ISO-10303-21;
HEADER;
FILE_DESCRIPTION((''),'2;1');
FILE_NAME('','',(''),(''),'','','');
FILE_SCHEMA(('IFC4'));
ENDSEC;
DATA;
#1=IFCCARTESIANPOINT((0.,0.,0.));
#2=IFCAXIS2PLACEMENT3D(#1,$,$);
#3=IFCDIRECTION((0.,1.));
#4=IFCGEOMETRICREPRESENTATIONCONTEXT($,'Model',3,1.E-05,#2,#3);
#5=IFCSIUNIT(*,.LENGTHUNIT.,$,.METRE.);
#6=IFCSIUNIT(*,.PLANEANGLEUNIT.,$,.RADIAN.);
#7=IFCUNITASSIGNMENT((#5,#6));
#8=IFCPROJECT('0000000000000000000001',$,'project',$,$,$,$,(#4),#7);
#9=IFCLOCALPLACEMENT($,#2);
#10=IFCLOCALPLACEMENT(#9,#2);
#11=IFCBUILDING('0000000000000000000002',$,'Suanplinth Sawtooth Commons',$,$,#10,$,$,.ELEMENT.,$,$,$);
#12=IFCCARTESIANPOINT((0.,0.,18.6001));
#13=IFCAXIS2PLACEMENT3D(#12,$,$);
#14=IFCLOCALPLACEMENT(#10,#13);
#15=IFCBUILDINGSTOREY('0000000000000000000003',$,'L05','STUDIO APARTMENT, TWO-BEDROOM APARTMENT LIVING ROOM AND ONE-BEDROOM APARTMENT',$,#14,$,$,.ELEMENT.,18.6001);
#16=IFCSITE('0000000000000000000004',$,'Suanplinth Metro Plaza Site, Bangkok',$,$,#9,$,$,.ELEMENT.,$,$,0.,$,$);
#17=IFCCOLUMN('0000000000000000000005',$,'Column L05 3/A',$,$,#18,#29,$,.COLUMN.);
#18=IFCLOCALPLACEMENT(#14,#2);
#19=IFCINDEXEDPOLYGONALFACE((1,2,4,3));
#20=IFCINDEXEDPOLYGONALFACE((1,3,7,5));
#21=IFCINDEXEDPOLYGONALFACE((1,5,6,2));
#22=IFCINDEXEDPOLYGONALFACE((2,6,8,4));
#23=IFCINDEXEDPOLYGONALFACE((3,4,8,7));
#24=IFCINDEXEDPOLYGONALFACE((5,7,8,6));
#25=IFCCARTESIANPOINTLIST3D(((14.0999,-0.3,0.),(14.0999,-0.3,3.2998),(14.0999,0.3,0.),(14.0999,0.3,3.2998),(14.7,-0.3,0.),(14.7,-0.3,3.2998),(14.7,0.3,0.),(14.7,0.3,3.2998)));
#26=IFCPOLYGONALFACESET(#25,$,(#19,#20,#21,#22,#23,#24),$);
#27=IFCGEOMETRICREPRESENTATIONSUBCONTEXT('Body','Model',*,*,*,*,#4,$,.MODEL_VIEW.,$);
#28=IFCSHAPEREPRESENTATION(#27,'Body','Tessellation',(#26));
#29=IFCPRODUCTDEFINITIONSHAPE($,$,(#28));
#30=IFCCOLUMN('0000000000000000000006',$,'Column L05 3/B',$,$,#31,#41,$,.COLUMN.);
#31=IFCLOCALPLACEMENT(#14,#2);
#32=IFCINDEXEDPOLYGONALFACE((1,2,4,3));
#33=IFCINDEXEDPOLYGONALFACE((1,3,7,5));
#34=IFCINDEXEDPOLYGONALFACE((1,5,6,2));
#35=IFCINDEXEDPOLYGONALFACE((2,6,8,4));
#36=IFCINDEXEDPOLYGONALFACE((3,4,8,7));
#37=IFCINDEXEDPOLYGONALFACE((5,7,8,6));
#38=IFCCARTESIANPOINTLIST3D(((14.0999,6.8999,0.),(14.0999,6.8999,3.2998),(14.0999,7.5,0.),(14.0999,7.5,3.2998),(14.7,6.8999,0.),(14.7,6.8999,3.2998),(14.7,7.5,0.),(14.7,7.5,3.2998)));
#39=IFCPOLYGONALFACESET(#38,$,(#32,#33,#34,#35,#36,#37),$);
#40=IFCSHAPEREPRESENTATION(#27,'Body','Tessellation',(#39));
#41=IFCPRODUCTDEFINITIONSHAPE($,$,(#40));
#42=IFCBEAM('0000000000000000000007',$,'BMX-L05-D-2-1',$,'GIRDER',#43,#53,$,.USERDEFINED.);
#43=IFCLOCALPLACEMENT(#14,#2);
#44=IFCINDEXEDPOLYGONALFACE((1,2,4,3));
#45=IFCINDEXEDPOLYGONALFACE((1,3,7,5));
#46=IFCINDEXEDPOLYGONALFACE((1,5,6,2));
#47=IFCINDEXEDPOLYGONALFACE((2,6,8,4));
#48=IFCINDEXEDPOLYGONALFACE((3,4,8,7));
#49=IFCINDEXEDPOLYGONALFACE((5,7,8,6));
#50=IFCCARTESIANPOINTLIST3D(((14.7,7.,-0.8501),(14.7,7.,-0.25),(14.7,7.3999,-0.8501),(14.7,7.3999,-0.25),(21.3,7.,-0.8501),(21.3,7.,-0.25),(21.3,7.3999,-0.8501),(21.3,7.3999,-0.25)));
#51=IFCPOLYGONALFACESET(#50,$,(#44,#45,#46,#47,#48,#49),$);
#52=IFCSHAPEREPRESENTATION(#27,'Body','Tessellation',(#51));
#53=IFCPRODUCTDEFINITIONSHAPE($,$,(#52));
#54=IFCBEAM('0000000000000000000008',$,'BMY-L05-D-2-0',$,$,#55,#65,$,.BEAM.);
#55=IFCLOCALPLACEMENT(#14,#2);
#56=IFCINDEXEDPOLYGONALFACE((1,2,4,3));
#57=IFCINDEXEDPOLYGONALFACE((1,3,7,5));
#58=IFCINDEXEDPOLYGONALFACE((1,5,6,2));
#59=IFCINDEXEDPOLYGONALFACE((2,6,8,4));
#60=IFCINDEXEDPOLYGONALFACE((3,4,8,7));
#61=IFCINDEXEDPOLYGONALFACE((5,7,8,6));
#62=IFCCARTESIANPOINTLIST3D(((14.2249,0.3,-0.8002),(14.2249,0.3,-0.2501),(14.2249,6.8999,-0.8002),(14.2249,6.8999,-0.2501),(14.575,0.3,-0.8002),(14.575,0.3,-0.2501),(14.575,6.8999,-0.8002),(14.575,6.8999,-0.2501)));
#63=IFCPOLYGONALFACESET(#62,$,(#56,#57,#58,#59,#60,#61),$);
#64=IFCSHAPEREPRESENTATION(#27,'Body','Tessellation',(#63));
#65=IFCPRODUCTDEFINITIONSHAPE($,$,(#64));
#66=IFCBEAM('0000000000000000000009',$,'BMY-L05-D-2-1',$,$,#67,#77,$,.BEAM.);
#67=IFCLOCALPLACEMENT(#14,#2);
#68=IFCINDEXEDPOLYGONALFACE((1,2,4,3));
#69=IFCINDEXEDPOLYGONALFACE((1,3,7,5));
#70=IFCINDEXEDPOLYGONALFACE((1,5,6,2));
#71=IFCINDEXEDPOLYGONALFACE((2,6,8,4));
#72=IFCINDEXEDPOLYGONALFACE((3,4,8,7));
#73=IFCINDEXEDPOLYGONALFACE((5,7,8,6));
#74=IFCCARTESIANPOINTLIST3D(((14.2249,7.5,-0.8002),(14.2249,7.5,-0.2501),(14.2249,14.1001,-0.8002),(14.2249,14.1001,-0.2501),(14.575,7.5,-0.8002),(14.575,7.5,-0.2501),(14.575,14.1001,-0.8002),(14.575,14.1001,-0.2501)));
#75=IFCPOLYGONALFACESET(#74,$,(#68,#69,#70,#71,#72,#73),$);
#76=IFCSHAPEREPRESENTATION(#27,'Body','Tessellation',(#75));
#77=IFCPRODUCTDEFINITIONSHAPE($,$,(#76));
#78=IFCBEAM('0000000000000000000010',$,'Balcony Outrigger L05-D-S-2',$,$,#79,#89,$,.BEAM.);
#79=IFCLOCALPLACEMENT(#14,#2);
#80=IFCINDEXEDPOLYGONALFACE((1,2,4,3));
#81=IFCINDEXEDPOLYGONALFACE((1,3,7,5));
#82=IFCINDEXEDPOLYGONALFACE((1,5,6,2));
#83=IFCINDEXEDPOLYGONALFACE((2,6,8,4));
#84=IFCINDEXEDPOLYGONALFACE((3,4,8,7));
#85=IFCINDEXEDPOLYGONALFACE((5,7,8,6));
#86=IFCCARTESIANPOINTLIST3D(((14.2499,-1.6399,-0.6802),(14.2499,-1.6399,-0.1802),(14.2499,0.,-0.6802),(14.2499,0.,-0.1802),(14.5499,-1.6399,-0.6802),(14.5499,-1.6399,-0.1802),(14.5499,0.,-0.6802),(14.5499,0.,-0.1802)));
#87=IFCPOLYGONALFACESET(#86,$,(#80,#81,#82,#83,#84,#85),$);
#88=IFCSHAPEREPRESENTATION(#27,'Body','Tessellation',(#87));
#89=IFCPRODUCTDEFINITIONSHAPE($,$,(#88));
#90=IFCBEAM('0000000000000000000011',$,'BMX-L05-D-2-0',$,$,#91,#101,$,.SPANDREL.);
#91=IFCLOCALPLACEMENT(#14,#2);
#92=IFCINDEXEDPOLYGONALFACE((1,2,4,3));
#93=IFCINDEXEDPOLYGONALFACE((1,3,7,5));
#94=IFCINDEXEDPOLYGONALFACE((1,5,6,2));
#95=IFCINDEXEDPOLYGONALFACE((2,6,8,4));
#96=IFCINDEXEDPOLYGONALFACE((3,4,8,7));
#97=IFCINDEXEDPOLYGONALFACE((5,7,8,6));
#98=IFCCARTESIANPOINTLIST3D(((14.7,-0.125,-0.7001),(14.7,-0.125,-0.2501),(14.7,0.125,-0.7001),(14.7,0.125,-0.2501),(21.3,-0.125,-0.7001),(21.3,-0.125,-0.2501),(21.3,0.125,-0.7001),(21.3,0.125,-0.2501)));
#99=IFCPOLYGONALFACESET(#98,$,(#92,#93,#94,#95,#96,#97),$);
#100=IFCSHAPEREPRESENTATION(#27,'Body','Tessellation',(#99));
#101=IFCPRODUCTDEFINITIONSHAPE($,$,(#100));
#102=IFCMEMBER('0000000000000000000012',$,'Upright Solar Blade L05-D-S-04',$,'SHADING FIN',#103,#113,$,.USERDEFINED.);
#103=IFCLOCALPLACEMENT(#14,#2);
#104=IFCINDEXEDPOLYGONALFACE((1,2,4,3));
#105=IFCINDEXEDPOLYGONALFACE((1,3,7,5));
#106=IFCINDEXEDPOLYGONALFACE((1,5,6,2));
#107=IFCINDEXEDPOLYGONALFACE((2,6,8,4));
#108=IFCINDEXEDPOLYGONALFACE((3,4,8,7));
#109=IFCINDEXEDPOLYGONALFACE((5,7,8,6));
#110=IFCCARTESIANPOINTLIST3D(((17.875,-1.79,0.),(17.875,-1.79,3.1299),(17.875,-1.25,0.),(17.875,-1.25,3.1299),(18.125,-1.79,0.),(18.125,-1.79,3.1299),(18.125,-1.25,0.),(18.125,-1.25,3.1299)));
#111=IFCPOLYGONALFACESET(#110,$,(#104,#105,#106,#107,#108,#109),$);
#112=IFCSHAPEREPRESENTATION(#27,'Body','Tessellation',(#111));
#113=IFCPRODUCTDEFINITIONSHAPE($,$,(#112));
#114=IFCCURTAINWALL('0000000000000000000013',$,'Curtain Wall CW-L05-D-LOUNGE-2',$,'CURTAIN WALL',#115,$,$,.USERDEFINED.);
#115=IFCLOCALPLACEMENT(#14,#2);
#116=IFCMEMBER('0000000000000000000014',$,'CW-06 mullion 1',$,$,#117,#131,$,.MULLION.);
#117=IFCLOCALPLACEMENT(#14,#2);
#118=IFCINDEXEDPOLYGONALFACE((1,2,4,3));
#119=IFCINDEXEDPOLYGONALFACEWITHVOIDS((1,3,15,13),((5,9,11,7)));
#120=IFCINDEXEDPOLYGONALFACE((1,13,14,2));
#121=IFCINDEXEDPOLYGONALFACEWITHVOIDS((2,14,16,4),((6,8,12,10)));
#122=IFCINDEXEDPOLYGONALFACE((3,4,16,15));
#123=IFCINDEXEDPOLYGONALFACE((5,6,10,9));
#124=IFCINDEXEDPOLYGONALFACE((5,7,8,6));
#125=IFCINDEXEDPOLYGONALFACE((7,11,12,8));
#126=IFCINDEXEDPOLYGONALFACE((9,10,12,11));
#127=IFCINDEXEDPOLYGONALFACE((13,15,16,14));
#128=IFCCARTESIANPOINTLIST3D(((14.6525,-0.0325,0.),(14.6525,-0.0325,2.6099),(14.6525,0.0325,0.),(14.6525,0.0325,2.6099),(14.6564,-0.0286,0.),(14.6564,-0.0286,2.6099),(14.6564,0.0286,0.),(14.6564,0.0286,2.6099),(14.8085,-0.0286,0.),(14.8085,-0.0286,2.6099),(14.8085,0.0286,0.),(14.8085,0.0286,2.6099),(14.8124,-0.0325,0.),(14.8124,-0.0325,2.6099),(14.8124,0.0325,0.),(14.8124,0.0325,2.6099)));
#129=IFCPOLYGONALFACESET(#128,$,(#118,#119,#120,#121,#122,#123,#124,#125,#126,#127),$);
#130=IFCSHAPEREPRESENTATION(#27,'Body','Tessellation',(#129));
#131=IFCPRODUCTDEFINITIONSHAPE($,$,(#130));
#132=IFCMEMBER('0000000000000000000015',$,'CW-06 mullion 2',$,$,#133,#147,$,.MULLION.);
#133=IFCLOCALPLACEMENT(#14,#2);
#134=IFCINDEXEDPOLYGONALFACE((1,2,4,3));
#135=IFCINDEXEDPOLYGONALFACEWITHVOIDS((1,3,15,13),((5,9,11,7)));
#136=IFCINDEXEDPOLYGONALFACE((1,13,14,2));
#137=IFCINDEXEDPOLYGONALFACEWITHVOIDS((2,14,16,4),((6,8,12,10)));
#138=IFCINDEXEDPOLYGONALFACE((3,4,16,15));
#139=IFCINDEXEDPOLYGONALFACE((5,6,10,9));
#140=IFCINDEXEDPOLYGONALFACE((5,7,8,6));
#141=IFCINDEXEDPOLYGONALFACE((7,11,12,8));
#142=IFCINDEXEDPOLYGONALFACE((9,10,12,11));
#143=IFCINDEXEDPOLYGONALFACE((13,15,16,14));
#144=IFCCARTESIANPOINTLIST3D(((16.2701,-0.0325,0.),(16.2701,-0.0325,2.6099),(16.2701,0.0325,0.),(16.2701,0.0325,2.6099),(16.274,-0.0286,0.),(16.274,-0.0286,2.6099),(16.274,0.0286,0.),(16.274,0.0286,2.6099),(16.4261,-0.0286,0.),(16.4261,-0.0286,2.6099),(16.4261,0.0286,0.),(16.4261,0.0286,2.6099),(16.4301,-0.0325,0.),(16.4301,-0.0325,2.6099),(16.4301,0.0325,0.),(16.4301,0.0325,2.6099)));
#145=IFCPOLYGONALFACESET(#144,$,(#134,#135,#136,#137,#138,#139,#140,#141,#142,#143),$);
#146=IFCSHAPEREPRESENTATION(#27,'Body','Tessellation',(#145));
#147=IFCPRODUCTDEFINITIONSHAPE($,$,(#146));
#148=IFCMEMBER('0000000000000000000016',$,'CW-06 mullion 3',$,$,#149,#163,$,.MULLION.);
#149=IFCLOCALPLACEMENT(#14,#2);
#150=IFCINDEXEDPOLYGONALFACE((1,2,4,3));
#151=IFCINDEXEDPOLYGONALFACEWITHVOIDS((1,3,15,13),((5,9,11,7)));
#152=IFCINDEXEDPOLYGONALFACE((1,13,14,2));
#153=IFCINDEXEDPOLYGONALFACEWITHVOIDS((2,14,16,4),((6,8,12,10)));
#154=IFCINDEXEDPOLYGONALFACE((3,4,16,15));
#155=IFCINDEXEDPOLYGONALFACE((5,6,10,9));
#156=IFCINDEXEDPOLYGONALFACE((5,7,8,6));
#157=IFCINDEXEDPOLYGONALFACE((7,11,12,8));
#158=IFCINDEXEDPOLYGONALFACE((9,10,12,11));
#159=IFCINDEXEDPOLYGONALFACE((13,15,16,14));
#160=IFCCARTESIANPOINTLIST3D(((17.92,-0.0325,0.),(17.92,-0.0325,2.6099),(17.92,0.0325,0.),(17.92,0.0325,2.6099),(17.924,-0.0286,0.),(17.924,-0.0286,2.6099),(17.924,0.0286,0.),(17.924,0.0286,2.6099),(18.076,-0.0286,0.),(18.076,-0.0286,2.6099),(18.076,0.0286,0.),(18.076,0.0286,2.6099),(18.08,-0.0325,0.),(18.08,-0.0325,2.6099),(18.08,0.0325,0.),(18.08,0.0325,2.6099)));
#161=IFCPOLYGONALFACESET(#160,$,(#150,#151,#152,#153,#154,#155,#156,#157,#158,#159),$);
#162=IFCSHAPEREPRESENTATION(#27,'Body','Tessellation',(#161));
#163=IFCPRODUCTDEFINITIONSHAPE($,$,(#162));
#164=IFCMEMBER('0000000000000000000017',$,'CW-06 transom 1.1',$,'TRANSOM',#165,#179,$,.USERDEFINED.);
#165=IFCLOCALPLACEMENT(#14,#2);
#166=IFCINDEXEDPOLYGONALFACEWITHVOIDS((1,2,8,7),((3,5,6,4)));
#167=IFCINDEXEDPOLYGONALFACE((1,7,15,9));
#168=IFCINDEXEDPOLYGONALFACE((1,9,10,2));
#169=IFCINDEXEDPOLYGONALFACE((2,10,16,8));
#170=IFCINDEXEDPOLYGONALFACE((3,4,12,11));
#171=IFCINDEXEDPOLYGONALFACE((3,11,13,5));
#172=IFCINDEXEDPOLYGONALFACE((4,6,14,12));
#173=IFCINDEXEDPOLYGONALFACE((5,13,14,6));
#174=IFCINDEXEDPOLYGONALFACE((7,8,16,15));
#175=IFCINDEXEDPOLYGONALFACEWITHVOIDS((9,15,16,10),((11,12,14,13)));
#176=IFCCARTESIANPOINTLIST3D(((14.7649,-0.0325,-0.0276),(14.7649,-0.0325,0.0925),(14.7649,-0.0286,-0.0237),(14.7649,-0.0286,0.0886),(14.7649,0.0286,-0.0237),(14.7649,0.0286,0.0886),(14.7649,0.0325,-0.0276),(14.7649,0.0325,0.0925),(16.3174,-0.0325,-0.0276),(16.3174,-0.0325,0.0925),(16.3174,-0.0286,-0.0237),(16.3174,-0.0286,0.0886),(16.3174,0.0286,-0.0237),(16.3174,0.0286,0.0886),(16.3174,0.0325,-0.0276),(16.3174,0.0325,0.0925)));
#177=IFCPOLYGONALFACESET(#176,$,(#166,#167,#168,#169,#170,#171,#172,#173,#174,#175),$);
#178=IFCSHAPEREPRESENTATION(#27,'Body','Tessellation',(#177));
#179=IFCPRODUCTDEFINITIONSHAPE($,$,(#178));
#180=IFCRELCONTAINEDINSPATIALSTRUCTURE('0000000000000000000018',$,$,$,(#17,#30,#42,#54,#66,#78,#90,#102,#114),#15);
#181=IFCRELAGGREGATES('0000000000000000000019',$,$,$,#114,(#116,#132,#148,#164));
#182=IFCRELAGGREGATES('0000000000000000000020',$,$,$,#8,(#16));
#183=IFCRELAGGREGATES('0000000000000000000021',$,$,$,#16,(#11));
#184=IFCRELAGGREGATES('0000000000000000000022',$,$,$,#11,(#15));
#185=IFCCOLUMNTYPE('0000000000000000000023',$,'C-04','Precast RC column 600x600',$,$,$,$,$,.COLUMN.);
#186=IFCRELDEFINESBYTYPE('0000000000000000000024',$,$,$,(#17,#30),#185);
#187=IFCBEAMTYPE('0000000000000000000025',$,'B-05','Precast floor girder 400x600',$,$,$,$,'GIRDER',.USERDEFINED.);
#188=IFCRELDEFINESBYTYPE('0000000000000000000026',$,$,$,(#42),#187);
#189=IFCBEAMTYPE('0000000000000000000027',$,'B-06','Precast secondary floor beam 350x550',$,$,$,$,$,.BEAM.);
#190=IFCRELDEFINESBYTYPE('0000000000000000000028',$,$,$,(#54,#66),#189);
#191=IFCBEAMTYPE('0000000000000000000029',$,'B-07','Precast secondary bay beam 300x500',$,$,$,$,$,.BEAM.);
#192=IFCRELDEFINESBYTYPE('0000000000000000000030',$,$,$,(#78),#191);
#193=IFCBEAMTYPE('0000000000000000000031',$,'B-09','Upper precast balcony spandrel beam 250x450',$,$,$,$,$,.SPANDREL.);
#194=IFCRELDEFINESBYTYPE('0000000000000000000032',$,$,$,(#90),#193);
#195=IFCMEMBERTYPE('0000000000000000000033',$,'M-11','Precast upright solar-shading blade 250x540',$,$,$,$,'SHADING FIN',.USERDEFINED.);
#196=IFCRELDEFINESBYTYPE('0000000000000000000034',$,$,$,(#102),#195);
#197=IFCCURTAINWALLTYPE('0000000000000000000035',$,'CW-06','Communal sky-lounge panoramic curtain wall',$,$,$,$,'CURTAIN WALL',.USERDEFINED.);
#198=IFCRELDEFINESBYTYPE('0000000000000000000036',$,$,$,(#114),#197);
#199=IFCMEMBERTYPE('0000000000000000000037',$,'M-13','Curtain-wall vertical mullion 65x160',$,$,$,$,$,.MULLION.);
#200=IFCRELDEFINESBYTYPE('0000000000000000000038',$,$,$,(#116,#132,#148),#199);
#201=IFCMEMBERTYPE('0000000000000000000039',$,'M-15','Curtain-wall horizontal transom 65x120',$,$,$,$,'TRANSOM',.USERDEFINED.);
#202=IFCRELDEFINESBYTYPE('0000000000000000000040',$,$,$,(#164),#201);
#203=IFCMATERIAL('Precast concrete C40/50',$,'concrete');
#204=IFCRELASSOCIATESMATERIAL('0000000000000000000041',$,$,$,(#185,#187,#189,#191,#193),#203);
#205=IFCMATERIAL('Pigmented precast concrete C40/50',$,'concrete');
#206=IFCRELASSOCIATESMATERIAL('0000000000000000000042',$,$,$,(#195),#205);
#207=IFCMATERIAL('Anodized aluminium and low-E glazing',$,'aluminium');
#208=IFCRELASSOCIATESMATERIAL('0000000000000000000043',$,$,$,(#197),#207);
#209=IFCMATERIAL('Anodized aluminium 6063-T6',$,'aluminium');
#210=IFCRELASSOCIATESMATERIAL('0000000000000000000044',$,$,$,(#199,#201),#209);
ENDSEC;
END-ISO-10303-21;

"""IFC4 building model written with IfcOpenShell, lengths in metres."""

from ifc_helpers import new_model, si_unit, direction, frame, origin, origin_2d, place, context, subcontext, project, spatial, rectangle, hollow_rectangle, extrude, material, material_profile, profile_set, type_object, element, aggregate, save


model = new_model("IFC4")

# Units and contexts
model_context = context("Model", 3, precision=1e-05, world=origin(), true_north=direction((0.0, 1.0)))
body_context = subcontext(model_context, "Body", "Model", "MODEL_VIEW")
ifc_project = project(units=[si_unit("LENGTHUNIT", "METRE"), si_unit("PLANEANGLEUNIT", "RADIAN")], contexts=[model_context])

# Site, building, storey
site_placement = place(None, origin())
site = spatial("IfcSite", under=ifc_project, at=site_placement, Name="Suanplinth Metro Plaza Site, Bangkok", CompositionType="ELEMENT", RefElevation=0.0)
building_placement = place(site_placement, origin())
building = spatial("IfcBuilding", under=site, at=building_placement, Name="Suanplinth Sawtooth Commons", CompositionType="ELEMENT")
storey_placement = place(building_placement, frame((0.0, 0.0, 18.6001)))
storey = spatial("IfcBuildingStorey", under=building, at=storey_placement, Name="L05", Description="STUDIO APARTMENT, TWO-BEDROOM APARTMENT LIVING ROOM AND ONE-BEDROOM APARTMENT", CompositionType="ELEMENT", Elevation=18.6001)

# Columns
ifc_material_1 = material(Name="Precast concrete C40/50", Category="concrete")
ifc_material_profile_1 = material_profile(ifc_material_1, rectangle(XDim=0.6001, YDim=0.6001, at=origin_2d()), Name="PC-COL 600x600")
ifc_profile_set_1 = profile_set([ifc_material_profile_1], Name="Precast concrete C40/50")
column_type = type_object("IfcColumnType", Name="C-04", Description="Precast RC column 600x600", PredefinedType="COLUMN", material=ifc_profile_set_1)
for number, where, z_axis, x_axis, name in (
    (1, (14.3999, 0.0, 0.0), (0.0, 0.0, 1.0), (1.0, 0.0, 0.0), "Column L05 3/A"),
    (2, (14.3999, 7.2, 0.0), (0.0, 0.0, 1.0), (1.0, 0.0, 0.0), "Column L05 3/B"),
):
    element("IfcColumn", number, at=place(storey_placement, frame(where, z_axis=z_axis, x_axis=x_axis)), inside=storey, type_object=column_type, Name=name, PredefinedType="COLUMN", context=body_context, shape_type="SweptSolid", body=[
        extrude(rectangle(XDim=0.6001, YDim=0.6001, at=origin_2d()), origin(), (0.0, 0.0, 1.0), 3.2998),
    ])

# Beams
ifc_material_profile_2 = material_profile(ifc_material_1, rectangle(XDim=0.3999, YDim=0.6001, at=origin_2d()), Name="PC-GDR 400x600")
ifc_profile_set_2 = profile_set([ifc_material_profile_2], Name="Precast concrete C40/50")
beam_type_1 = type_object("IfcBeamType", Name="B-05", Description="Precast floor girder 400x600", ElementType="GIRDER", PredefinedType="USERDEFINED", material=ifc_profile_set_2)
beam_1_placement = place(storey_placement, frame((14.7, 7.2, -0.55), z_axis=(1.0, 0.0, 0.0), x_axis=(0.0, 1.0, 0.0)))
element("IfcBeam", 3, at=beam_1_placement, inside=storey, type_object=beam_type_1, Name="BMX-L05-D-2-1", ObjectType="GIRDER", PredefinedType="USERDEFINED", context=body_context, shape_type="SweptSolid", body=[
    extrude(rectangle(XDim=0.3999, YDim=0.6001, at=origin_2d()), origin(), (0.0, 0.0, 1.0), 6.6001),
])
ifc_material_profile_3 = material_profile(ifc_material_1, rectangle(XDim=0.3501, YDim=0.55, at=origin_2d()), Name="PC-BM 350x550")
ifc_profile_set_3 = profile_set([ifc_material_profile_3], Name="Precast concrete C40/50")
beam_type_2 = type_object("IfcBeamType", Name="B-06", Description="Precast secondary floor beam 350x550", PredefinedType="BEAM", material=ifc_profile_set_3)
beam_2_placement = place(storey_placement, frame((14.3999, 0.3, -0.5251), z_axis=(0.0, 1.0, 0.0), x_axis=(-1.0, 0.0, 0.0)))
element("IfcBeam", 4, at=beam_2_placement, inside=storey, type_object=beam_type_2, Name="BMY-L05-D-2-0", PredefinedType="BEAM", context=body_context, shape_type="SweptSolid", body=[
    extrude(rectangle(XDim=0.3501, YDim=0.55, at=origin_2d()), origin(), (0.0, 0.0, 1.0), 6.5999),
])
beam_3_placement = place(storey_placement, frame((14.3999, 7.5, -0.5251), z_axis=(0.0, 1.0, 0.0), x_axis=(-1.0, 0.0, 0.0)))
element("IfcBeam", 5, at=beam_3_placement, inside=storey, type_object=beam_type_2, Name="BMY-L05-D-2-1", PredefinedType="BEAM", context=body_context, shape_type="SweptSolid", body=[
    extrude(rectangle(XDim=0.3501, YDim=0.55, at=origin_2d()), origin(), (0.0, 0.0, 1.0), 6.6001),
])
ifc_material_profile_4 = material_profile(ifc_material_1, rectangle(XDim=0.3, YDim=0.5, at=origin_2d()), Name="PC-BM 300x500")
ifc_profile_set_4 = profile_set([ifc_material_profile_4], Name="Precast concrete C40/50")
beam_type_3 = type_object("IfcBeamType", Name="B-07", Description="Precast secondary bay beam 300x500", PredefinedType="BEAM", material=ifc_profile_set_4)
beam_4_placement = place(storey_placement, frame((14.3999, 0.0, -0.4302), z_axis=(0.0, -1.0, 0.0), x_axis=(1.0, 0.0, 0.0)))
element("IfcBeam", 6, at=beam_4_placement, inside=storey, type_object=beam_type_3, Name="Balcony Outrigger L05-D-S-2", PredefinedType="BEAM", context=body_context, shape_type="SweptSolid", body=[
    extrude(rectangle(XDim=0.3, YDim=0.5, at=origin_2d()), origin(), (0.0, 0.0, 1.0), 1.6399),
])
ifc_material_profile_5 = material_profile(ifc_material_1, rectangle(XDim=0.25, YDim=0.45, at=origin_2d()), Name="PC-SP 250x450")
ifc_profile_set_5 = profile_set([ifc_material_profile_5], Name="Precast concrete C40/50")
beam_type_4 = type_object("IfcBeamType", Name="B-09", Description="Upper precast balcony spandrel beam 250x450", PredefinedType="SPANDREL", material=ifc_profile_set_5)
beam_5_placement = place(storey_placement, frame((14.7, 0.0, -0.4751), z_axis=(1.0, 0.0, 0.0), x_axis=(0.0, 1.0, 0.0)))
element("IfcBeam", 7, at=beam_5_placement, inside=storey, type_object=beam_type_4, Name="BMX-L05-D-2-0", PredefinedType="SPANDREL", context=body_context, shape_type="SweptSolid", body=[
    extrude(rectangle(XDim=0.25, YDim=0.45, at=origin_2d()), origin(), (0.0, 0.0, 1.0), 6.6001),
])

# Member
ifc_material_2 = material(Name="Pigmented precast concrete C40/50", Category="concrete")
ifc_material_profile_6 = material_profile(ifc_material_2, rectangle(XDim=0.25, YDim=0.54, at=origin_2d()), Name="PC-FIN 250x540")
ifc_profile_set_6 = profile_set([ifc_material_profile_6], Name="Pigmented precast concrete C40/50")
member_type_1 = type_object("IfcMemberType", Name="M-11", Description="Precast upright solar-shading blade 250x540", ElementType="SHADING FIN", PredefinedType="USERDEFINED", material=ifc_profile_set_6)
member_1_placement = place(storey_placement, frame((18.0, -1.52, 0.0), z_axis=(0.0, 0.0, 1.0), x_axis=(1.0, 0.0, 0.0)))
element("IfcMember", 8, at=member_1_placement, inside=storey, type_object=member_type_1, Name="Upright Solar Blade L05-D-S-04", ObjectType="SHADING FIN", PredefinedType="USERDEFINED", context=body_context, shape_type="SweptSolid", body=[
    extrude(rectangle(XDim=0.25, YDim=0.54, at=origin_2d()), origin(), (0.0, 0.0, 1.0), 3.1299),
])

# Curtain wall, members
ifc_material_3 = material(Name="Anodized aluminium and low-E glazing", Category="aluminium")
curtain_wall_type = type_object("IfcCurtainWallType", Name="CW-06", Description="Communal sky-lounge panoramic curtain wall", ElementType="CURTAIN WALL", PredefinedType="USERDEFINED", material=ifc_material_3)
curtain_wall_placement = place(storey_placement, origin())
curtain_wall = element("IfcCurtainWall", 9, at=curtain_wall_placement, inside=storey, type_object=curtain_wall_type, Name="Curtain Wall CW-L05-D-LOUNGE-2", ObjectType="CURTAIN WALL", PredefinedType="USERDEFINED")
ifc_material_4 = material(Name="Anodized aluminium 6063-T6", Category="aluminium")
ifc_material_profile_7 = material_profile(ifc_material_4, hollow_rectangle(XDim=0.0649, YDim=0.1599, WallThickness=0.0039, at=origin_2d()), Name="ALU-MUL 65x160")
ifc_profile_set_7 = profile_set([ifc_material_profile_7], Name="Anodized aluminium 6063-T6")
member_type_2 = type_object("IfcMemberType", Name="M-13", Description="Curtain-wall vertical mullion 65x160", PredefinedType="MULLION", material=ifc_profile_set_7)
member_2_placement = place(storey_placement, frame((14.7324, 0.0, 0.0), z_axis=(0.0, 0.0, 1.0), x_axis=(0.0, 1.0, 0.0)))
member_2 = element("IfcMember", 10, at=member_2_placement, type_object=member_type_2, Name="CW-06 mullion 1", PredefinedType="MULLION", context=body_context, shape_type="SweptSolid", body=[
    extrude(hollow_rectangle(XDim=0.0649, YDim=0.1599, WallThickness=0.0039, at=origin_2d()), origin(), (0.0, 0.0, 1.0), 2.6099),
])
member_3_placement = place(storey_placement, frame((16.3501, 0.0, 0.0), z_axis=(0.0, 0.0, 1.0), x_axis=(0.0, 1.0, 0.0)))
member_3 = element("IfcMember", 11, at=member_3_placement, type_object=member_type_2, Name="CW-06 mullion 2", PredefinedType="MULLION", context=body_context, shape_type="SweptSolid", body=[
    extrude(hollow_rectangle(XDim=0.0649, YDim=0.1599, WallThickness=0.0039, at=origin_2d()), origin(), (0.0, 0.0, 1.0), 2.6099),
])
member_4_placement = place(storey_placement, frame((18.0, 0.0, 0.0), z_axis=(0.0, 0.0, 1.0), x_axis=(0.0, 1.0, 0.0)))
member_4 = element("IfcMember", 12, at=member_4_placement, type_object=member_type_2, Name="CW-06 mullion 3", PredefinedType="MULLION", context=body_context, shape_type="SweptSolid", body=[
    extrude(hollow_rectangle(XDim=0.0649, YDim=0.1599, WallThickness=0.0039, at=origin_2d()), origin(), (0.0, 0.0, 1.0), 2.6099),
])
ifc_material_profile_8 = material_profile(ifc_material_4, hollow_rectangle(XDim=0.0649, YDim=0.1201, WallThickness=0.0039, at=origin_2d()), Name="ALU-TRN 65x120")
ifc_profile_set_8 = profile_set([ifc_material_profile_8], Name="Anodized aluminium 6063-T6")
member_type_3 = type_object("IfcMemberType", Name="M-15", Description="Curtain-wall horizontal transom 65x120", ElementType="TRANSOM", PredefinedType="USERDEFINED", material=ifc_profile_set_8)
member_5_placement = place(storey_placement, frame((14.7649, 0.0, 0.0325), z_axis=(1.0, 0.0, 0.0), x_axis=(0.0, 1.0, 0.0)))
member_5 = element("IfcMember", 13, at=member_5_placement, type_object=member_type_3, Name="CW-06 transom 1.1", ObjectType="TRANSOM", PredefinedType="USERDEFINED", context=body_context, shape_type="SweptSolid", body=[
    extrude(hollow_rectangle(XDim=0.0649, YDim=0.1201, WallThickness=0.0039, at=origin_2d()), origin(), (0.0, 0.0, 1.0), 1.5525),
])
aggregate(curtain_wall, [member_2, member_3, member_4, member_5])

save(model, "model.ifc")
